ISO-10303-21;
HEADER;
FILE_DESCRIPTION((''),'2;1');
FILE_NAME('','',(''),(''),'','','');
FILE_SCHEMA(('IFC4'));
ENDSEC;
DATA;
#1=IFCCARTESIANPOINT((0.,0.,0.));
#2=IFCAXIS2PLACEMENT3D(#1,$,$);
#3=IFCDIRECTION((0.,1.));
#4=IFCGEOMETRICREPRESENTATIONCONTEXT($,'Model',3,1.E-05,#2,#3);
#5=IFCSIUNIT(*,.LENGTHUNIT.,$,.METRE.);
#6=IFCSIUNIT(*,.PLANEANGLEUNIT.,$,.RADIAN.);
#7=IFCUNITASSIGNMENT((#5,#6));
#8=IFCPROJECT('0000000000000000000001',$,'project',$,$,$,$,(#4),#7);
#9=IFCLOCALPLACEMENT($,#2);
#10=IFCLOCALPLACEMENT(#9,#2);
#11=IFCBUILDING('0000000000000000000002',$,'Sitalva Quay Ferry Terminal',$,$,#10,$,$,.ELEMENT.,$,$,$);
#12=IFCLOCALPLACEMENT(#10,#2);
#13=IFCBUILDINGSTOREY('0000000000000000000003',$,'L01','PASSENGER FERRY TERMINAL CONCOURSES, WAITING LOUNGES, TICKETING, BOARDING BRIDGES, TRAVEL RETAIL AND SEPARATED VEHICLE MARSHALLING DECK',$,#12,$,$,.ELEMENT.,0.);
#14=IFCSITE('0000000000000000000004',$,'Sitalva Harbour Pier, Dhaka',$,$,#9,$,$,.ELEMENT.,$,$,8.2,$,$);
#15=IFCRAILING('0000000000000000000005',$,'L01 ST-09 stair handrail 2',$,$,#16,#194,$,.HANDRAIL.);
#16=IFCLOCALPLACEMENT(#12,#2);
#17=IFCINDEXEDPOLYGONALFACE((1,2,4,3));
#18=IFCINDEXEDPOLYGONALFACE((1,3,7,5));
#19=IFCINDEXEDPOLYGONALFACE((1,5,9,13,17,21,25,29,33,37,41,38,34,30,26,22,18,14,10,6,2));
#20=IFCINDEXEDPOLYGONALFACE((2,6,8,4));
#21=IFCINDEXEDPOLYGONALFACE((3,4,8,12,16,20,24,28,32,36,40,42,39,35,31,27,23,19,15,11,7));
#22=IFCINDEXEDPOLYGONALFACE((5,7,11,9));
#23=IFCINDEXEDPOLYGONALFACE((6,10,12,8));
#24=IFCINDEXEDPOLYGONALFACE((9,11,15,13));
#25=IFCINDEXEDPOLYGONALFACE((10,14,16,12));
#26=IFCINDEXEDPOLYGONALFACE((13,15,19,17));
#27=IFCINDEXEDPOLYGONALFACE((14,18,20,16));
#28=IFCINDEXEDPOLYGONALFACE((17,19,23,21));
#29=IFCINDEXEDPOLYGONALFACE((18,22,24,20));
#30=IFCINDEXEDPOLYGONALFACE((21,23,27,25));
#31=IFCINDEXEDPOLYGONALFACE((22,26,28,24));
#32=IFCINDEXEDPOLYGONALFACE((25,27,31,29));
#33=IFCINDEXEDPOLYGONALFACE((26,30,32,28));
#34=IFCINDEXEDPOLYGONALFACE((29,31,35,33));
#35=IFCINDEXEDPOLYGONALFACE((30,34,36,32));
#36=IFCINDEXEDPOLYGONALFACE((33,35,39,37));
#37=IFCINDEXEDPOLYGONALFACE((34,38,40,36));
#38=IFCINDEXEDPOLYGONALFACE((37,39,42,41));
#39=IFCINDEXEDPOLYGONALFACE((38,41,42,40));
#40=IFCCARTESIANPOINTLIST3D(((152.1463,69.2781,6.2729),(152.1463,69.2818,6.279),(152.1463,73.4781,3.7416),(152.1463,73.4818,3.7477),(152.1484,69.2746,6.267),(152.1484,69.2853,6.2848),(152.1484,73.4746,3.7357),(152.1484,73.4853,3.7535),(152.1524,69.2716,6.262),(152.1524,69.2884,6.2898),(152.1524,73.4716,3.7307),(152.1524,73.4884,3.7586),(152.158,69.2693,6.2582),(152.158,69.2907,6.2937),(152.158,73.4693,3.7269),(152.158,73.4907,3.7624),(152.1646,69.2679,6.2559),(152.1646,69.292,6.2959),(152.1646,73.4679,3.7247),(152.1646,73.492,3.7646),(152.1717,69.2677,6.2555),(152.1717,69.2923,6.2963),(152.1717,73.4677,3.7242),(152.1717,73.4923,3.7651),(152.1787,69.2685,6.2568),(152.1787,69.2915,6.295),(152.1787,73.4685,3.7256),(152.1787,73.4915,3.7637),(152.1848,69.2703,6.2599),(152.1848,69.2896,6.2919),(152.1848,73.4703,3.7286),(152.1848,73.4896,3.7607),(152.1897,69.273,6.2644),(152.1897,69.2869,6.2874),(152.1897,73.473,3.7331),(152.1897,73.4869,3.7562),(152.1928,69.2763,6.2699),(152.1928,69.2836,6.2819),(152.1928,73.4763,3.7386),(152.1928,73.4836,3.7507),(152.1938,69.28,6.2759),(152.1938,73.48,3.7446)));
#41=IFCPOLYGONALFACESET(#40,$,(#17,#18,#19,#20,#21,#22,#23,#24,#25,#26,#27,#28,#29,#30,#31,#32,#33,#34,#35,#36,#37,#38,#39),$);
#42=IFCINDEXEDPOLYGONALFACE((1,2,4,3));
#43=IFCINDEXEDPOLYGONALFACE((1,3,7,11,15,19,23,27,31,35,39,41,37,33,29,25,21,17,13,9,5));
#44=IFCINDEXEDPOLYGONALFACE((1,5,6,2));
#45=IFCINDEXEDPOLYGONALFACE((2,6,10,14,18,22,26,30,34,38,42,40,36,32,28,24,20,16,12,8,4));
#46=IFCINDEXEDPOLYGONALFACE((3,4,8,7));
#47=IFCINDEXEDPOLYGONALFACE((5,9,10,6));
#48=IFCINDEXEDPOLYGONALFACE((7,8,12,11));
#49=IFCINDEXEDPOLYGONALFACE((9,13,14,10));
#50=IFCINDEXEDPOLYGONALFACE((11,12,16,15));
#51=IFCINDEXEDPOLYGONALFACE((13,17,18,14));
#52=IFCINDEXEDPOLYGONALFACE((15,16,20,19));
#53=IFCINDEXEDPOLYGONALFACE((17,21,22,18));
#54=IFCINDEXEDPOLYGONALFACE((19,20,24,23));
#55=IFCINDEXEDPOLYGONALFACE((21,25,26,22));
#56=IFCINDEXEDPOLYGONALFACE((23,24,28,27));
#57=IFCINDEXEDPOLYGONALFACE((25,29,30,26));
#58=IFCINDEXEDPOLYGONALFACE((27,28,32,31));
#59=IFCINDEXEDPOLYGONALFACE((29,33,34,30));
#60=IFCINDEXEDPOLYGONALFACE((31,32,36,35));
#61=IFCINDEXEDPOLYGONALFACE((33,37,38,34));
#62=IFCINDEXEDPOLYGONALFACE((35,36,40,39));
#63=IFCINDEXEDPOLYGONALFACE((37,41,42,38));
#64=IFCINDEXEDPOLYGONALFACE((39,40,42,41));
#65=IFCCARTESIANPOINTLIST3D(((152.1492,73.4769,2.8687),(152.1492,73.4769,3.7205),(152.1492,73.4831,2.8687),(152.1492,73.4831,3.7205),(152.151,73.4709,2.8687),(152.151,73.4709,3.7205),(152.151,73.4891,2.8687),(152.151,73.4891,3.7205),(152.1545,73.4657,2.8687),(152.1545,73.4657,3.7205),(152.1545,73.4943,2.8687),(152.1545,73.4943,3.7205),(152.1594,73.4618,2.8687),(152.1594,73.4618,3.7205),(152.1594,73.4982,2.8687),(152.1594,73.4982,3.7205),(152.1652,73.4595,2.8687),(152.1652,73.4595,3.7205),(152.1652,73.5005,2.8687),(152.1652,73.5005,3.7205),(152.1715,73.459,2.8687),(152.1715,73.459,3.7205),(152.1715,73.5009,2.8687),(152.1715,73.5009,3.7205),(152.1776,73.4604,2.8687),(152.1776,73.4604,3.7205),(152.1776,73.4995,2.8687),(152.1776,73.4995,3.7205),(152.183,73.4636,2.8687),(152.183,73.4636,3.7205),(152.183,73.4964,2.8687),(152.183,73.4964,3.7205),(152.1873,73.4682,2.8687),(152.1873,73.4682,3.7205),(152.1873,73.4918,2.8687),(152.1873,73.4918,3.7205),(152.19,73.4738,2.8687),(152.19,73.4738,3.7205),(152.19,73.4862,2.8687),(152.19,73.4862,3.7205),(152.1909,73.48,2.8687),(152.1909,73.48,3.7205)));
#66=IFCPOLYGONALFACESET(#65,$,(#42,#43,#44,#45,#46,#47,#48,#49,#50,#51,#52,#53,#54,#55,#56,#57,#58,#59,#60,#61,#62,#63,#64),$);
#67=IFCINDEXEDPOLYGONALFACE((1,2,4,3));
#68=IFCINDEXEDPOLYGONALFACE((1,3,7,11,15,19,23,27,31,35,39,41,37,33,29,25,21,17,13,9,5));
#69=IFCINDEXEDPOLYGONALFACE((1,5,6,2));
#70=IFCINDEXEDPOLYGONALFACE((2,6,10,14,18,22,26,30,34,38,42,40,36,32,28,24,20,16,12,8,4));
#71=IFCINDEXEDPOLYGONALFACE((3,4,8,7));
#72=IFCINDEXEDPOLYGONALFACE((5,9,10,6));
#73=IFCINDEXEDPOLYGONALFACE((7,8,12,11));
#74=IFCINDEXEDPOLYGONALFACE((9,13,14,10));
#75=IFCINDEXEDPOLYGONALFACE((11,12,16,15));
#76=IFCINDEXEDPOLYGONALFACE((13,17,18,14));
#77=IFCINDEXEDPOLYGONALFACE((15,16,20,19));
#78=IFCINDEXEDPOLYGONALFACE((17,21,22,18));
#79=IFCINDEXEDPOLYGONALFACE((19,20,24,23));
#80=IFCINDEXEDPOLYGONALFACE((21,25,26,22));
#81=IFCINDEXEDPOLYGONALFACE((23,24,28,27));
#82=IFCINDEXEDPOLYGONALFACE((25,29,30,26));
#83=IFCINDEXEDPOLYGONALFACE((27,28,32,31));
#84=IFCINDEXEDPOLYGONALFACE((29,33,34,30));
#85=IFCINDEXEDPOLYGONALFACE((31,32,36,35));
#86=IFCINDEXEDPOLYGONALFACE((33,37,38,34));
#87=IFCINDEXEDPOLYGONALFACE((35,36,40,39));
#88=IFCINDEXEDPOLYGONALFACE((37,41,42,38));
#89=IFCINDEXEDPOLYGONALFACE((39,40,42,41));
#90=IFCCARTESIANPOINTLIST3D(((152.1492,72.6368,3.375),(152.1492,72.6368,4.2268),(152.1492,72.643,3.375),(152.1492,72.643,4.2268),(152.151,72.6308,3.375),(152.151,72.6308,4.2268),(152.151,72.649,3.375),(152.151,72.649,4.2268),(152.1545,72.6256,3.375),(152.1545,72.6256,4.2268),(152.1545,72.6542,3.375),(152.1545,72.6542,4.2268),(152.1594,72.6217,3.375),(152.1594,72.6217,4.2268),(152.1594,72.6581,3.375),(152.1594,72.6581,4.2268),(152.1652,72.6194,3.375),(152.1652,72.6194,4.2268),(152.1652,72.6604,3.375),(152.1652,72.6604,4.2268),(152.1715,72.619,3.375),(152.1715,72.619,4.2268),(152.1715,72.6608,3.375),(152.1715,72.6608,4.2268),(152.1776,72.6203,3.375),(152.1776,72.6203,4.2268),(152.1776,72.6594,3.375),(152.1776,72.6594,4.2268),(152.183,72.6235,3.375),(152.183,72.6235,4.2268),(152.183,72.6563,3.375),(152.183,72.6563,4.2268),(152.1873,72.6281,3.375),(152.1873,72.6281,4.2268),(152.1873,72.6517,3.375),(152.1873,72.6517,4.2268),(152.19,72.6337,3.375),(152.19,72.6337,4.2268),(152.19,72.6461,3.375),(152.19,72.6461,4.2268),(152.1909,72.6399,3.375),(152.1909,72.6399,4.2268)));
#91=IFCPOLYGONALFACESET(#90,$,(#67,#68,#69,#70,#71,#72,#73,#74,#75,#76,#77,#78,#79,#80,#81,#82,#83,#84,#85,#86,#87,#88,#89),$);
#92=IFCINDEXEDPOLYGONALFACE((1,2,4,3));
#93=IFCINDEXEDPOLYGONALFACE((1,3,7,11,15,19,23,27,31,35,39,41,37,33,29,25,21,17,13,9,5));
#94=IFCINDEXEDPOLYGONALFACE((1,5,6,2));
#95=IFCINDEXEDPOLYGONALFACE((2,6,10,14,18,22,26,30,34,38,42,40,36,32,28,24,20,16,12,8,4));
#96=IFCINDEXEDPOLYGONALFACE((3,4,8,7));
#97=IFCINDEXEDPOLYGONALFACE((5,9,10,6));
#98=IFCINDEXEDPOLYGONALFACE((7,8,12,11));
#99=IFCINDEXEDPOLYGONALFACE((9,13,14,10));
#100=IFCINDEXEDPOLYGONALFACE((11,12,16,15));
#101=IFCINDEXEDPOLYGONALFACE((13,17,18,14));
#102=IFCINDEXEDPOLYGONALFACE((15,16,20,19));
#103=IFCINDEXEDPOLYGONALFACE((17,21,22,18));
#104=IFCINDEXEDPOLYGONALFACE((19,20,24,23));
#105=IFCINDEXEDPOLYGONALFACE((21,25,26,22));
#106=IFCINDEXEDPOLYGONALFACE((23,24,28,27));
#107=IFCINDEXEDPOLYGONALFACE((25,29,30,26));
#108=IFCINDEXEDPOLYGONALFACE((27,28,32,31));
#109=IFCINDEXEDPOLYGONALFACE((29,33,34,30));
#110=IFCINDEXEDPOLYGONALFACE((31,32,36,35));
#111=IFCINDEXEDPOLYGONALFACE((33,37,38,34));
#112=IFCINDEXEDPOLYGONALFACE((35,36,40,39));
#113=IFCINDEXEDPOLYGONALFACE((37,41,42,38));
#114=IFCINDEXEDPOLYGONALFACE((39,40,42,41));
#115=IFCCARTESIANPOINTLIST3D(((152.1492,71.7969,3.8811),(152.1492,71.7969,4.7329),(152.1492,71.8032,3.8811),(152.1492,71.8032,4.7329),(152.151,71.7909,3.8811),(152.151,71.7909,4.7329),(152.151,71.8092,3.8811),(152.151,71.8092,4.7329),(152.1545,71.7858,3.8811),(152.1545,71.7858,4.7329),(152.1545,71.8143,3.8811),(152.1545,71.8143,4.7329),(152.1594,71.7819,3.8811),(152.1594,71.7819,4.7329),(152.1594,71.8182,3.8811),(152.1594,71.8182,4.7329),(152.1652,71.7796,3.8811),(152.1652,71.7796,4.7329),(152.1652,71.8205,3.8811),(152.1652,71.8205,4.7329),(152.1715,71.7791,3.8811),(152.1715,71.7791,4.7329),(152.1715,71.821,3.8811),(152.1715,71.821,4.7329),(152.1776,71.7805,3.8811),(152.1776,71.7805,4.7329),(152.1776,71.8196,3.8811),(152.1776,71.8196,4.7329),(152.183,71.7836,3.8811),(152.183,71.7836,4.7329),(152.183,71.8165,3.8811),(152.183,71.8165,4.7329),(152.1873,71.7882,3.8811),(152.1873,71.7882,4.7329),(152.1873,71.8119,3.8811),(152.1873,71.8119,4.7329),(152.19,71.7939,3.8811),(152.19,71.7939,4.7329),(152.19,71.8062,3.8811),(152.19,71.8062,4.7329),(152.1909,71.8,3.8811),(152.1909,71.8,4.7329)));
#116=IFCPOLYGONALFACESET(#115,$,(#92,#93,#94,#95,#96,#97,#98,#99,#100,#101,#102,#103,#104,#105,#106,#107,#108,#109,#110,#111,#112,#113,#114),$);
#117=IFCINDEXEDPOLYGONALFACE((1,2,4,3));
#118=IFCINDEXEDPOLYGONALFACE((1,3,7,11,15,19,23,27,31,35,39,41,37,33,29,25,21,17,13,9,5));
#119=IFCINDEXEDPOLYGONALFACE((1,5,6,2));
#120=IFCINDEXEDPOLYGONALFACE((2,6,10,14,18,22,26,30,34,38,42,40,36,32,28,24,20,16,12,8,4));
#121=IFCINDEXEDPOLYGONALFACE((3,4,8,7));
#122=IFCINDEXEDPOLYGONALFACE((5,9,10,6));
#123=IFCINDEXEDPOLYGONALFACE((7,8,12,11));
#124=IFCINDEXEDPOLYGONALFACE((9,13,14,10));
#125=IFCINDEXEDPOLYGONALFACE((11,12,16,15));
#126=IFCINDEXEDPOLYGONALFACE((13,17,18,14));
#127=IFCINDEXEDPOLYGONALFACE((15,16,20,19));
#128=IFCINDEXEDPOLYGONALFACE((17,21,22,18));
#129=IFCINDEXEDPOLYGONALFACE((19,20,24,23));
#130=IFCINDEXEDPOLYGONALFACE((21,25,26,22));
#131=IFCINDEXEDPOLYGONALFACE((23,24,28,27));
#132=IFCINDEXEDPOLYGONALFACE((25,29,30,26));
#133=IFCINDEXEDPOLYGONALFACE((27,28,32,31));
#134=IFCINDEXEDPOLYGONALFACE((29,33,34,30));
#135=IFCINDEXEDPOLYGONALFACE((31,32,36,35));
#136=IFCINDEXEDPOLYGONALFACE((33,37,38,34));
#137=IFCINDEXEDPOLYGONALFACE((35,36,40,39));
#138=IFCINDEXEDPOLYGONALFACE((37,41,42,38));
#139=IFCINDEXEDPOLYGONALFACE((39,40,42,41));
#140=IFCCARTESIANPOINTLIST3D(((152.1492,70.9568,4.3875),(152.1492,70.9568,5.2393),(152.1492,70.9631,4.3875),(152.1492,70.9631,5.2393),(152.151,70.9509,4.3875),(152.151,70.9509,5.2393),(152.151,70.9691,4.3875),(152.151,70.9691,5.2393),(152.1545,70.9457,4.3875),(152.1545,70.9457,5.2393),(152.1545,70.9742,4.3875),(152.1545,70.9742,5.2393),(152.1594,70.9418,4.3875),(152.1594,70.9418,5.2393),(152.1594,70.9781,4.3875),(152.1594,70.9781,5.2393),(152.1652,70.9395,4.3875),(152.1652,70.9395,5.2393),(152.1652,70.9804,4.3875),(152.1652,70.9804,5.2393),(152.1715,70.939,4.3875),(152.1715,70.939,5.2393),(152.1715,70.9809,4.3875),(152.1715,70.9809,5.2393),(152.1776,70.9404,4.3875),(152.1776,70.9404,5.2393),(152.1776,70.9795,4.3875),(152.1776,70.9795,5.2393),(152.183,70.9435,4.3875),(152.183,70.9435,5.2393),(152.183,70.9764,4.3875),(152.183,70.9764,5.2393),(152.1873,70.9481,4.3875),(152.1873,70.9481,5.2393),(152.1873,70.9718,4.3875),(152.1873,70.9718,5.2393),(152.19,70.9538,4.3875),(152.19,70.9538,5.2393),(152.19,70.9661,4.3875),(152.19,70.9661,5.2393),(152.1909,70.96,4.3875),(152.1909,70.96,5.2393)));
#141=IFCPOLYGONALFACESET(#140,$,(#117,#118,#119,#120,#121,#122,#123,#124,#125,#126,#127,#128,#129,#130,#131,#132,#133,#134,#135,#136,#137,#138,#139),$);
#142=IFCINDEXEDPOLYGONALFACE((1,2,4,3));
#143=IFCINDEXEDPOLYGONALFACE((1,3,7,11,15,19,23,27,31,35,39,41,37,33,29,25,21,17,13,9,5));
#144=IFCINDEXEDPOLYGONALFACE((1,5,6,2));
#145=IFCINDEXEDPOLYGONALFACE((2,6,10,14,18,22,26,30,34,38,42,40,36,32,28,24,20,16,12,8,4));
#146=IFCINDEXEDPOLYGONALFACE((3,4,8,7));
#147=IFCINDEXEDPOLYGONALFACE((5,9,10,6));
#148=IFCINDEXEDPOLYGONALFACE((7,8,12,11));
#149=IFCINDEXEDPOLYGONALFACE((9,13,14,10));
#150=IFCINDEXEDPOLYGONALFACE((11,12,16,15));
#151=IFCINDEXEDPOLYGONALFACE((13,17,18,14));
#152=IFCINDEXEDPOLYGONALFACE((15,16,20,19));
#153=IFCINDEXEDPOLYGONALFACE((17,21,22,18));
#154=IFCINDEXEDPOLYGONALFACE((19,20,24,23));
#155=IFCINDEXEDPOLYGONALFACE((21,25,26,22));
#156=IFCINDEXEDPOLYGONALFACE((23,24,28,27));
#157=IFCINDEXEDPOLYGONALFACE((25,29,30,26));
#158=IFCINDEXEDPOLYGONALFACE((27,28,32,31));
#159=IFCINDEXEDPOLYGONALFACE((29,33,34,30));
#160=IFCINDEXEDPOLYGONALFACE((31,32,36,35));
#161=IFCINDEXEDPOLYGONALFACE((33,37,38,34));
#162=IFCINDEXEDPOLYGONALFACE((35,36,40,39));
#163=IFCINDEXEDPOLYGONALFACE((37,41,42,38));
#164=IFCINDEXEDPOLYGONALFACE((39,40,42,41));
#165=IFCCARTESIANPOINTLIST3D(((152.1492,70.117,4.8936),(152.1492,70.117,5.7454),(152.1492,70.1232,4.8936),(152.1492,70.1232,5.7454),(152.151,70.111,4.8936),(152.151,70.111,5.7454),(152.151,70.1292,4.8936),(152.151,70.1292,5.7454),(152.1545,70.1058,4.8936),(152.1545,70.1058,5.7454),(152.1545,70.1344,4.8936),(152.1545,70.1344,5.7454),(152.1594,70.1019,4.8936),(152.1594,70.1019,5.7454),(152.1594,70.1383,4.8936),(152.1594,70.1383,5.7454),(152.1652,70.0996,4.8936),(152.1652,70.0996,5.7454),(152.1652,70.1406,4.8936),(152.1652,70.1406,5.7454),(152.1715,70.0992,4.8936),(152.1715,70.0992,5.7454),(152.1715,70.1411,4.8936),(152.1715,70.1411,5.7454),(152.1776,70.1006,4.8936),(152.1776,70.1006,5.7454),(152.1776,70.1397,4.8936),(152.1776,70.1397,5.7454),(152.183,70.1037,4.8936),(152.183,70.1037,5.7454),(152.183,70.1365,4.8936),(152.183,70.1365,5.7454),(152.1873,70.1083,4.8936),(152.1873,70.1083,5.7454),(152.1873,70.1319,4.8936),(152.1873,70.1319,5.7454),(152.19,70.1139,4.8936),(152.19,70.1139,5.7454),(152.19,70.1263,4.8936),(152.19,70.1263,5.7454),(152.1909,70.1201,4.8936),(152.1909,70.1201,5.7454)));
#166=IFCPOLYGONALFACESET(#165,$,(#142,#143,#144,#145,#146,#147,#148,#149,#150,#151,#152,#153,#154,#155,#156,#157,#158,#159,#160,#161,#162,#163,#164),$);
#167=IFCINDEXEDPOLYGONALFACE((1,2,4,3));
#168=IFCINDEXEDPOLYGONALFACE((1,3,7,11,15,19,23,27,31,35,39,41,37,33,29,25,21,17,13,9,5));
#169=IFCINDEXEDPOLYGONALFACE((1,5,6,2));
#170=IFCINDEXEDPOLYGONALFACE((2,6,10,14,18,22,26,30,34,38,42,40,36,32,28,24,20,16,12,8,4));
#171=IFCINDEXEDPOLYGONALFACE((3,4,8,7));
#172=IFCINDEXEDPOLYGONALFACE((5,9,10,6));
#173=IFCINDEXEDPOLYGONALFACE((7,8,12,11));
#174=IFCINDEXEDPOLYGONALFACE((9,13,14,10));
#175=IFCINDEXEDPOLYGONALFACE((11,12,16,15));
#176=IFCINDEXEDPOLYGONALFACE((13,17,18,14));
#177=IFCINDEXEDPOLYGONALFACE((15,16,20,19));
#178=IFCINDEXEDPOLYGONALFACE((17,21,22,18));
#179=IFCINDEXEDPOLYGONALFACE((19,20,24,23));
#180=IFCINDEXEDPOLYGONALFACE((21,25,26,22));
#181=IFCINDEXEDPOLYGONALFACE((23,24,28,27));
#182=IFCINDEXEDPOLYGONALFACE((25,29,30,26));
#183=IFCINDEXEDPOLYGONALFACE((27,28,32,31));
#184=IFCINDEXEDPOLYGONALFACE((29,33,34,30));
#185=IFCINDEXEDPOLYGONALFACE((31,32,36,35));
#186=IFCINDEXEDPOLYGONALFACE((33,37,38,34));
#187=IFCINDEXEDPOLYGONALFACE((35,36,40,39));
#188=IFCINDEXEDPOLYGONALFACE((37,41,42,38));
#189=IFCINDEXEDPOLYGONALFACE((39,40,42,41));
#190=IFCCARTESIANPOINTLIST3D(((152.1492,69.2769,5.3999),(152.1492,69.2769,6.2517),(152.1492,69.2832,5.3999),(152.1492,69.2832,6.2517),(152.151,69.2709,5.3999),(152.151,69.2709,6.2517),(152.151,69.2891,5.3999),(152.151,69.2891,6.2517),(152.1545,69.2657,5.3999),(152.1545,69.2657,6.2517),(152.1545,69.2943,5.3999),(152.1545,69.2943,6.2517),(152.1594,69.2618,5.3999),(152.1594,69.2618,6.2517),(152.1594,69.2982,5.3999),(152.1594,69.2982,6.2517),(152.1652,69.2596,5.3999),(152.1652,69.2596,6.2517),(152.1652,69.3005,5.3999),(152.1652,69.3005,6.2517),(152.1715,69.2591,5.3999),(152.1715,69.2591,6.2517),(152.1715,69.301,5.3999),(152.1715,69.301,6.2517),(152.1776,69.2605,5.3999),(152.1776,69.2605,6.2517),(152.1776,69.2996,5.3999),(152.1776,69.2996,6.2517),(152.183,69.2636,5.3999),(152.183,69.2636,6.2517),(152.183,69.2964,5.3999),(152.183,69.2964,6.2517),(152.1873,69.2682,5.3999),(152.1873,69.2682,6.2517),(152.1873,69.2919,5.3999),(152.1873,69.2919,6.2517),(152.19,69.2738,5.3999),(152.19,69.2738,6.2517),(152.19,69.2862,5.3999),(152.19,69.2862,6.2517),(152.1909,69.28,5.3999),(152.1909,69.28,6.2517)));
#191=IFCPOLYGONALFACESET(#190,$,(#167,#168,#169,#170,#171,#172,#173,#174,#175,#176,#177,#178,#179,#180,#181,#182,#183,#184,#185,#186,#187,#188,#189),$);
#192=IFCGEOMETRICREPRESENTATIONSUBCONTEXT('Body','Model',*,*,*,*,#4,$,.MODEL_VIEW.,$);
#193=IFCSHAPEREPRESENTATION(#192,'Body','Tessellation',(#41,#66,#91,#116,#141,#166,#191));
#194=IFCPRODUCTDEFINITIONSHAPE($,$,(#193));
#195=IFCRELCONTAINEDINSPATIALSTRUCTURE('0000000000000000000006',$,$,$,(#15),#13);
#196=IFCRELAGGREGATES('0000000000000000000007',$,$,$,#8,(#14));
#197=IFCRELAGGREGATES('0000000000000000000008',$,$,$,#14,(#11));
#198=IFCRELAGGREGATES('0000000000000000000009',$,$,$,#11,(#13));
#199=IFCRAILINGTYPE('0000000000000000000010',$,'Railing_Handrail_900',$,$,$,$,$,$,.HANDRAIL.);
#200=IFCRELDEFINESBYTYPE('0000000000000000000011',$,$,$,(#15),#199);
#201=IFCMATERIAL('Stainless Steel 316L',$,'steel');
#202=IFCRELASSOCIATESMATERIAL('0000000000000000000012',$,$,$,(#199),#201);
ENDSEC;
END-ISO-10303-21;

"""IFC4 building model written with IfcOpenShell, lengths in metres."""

from ifc_helpers import new_model, si_unit, direction, frame, origin, origin_2d, place, context, subcontext, project, spatial, circle, extrude, material, type_object, element, save


model = new_model("IFC4")

# Units and contexts
model_context = context("Model", 3, precision=1e-05, world=origin(), true_north=direction((0.0, 1.0)))
body_context = subcontext(model_context, "Body", "Model", "MODEL_VIEW")
ifc_project = project(units=[si_unit("LENGTHUNIT", "METRE"), si_unit("PLANEANGLEUNIT", "RADIAN")], contexts=[model_context])

# Site, building, storey
site_placement = place(None, origin())
site = spatial("IfcSite", under=ifc_project, at=site_placement, Name="Sitalva Harbour Pier, Dhaka", CompositionType="ELEMENT", RefElevation=8.2)
building_placement = place(site_placement, origin())
building = spatial("IfcBuilding", under=site, at=building_placement, Name="Sitalva Quay Ferry Terminal", CompositionType="ELEMENT")
storey_placement = place(building_placement, origin())
storey = spatial("IfcBuildingStorey", under=building, at=storey_placement, Name="L01", Description="PASSENGER FERRY TERMINAL CONCOURSES, WAITING LOUNGES, TICKETING, BOARDING BRIDGES, TRAVEL RETAIL AND SEPARATED VEHICLE MARSHALLING DECK", CompositionType="ELEMENT", Elevation=0.0)

# Railing
ifc_material_1 = material(Name="Stainless Steel 316L", Category="steel")
railing_type_1 = type_object("IfcRailingType", Name="Railing_Handrail_900", PredefinedType="HANDRAIL", material=ifc_material_1)
railing_1_placement = place(storey_placement, frame((152.1699, 73.48, 2.8687)))
element("IfcRailing", 1, at=railing_1_placement, inside=storey, type_object=railing_type_1, Name="L01 ST-09 stair handrail 2", PredefinedType="HANDRAIL", context=body_context, shape_type="SweptSolid", body=[
    extrude(circle(Radius=0.0239, at=origin_2d()), frame((0.0, 0.0, 0.876), z_axis=(0.0, -0.856476, 0.516186), x_axis=(1.0, 0.0, 0.0)), (0.0, 0.0, 1.0), 4.9038),
    extrude(circle(Radius=0.021, at=origin_2d()), origin(), (0.0, 0.0, 1.0), 0.8518),
    extrude(circle(Radius=0.021, at=origin_2d()), frame((0.0, -0.8401, 0.5063)), (0.0, 0.0, 1.0), 0.8518),
    extrude(circle(Radius=0.021, at=origin_2d()), frame((0.0, -1.6799, 1.0125)), (0.0, 0.0, 1.0), 0.8518),
    extrude(circle(Radius=0.021, at=origin_2d()), frame((0.0, -2.52, 1.5188)), (0.0, 0.0, 1.0), 0.8518),
    extrude(circle(Radius=0.021, at=origin_2d()), frame((0.0, -3.3599, 2.0249)), (0.0, 0.0, 1.0), 0.8518),
    extrude(circle(Radius=0.021, at=origin_2d()), frame((0.0, -4.2, 2.5312)), (0.0, 0.0, 1.0), 0.8518),
])

save(model, "model.ifc")
